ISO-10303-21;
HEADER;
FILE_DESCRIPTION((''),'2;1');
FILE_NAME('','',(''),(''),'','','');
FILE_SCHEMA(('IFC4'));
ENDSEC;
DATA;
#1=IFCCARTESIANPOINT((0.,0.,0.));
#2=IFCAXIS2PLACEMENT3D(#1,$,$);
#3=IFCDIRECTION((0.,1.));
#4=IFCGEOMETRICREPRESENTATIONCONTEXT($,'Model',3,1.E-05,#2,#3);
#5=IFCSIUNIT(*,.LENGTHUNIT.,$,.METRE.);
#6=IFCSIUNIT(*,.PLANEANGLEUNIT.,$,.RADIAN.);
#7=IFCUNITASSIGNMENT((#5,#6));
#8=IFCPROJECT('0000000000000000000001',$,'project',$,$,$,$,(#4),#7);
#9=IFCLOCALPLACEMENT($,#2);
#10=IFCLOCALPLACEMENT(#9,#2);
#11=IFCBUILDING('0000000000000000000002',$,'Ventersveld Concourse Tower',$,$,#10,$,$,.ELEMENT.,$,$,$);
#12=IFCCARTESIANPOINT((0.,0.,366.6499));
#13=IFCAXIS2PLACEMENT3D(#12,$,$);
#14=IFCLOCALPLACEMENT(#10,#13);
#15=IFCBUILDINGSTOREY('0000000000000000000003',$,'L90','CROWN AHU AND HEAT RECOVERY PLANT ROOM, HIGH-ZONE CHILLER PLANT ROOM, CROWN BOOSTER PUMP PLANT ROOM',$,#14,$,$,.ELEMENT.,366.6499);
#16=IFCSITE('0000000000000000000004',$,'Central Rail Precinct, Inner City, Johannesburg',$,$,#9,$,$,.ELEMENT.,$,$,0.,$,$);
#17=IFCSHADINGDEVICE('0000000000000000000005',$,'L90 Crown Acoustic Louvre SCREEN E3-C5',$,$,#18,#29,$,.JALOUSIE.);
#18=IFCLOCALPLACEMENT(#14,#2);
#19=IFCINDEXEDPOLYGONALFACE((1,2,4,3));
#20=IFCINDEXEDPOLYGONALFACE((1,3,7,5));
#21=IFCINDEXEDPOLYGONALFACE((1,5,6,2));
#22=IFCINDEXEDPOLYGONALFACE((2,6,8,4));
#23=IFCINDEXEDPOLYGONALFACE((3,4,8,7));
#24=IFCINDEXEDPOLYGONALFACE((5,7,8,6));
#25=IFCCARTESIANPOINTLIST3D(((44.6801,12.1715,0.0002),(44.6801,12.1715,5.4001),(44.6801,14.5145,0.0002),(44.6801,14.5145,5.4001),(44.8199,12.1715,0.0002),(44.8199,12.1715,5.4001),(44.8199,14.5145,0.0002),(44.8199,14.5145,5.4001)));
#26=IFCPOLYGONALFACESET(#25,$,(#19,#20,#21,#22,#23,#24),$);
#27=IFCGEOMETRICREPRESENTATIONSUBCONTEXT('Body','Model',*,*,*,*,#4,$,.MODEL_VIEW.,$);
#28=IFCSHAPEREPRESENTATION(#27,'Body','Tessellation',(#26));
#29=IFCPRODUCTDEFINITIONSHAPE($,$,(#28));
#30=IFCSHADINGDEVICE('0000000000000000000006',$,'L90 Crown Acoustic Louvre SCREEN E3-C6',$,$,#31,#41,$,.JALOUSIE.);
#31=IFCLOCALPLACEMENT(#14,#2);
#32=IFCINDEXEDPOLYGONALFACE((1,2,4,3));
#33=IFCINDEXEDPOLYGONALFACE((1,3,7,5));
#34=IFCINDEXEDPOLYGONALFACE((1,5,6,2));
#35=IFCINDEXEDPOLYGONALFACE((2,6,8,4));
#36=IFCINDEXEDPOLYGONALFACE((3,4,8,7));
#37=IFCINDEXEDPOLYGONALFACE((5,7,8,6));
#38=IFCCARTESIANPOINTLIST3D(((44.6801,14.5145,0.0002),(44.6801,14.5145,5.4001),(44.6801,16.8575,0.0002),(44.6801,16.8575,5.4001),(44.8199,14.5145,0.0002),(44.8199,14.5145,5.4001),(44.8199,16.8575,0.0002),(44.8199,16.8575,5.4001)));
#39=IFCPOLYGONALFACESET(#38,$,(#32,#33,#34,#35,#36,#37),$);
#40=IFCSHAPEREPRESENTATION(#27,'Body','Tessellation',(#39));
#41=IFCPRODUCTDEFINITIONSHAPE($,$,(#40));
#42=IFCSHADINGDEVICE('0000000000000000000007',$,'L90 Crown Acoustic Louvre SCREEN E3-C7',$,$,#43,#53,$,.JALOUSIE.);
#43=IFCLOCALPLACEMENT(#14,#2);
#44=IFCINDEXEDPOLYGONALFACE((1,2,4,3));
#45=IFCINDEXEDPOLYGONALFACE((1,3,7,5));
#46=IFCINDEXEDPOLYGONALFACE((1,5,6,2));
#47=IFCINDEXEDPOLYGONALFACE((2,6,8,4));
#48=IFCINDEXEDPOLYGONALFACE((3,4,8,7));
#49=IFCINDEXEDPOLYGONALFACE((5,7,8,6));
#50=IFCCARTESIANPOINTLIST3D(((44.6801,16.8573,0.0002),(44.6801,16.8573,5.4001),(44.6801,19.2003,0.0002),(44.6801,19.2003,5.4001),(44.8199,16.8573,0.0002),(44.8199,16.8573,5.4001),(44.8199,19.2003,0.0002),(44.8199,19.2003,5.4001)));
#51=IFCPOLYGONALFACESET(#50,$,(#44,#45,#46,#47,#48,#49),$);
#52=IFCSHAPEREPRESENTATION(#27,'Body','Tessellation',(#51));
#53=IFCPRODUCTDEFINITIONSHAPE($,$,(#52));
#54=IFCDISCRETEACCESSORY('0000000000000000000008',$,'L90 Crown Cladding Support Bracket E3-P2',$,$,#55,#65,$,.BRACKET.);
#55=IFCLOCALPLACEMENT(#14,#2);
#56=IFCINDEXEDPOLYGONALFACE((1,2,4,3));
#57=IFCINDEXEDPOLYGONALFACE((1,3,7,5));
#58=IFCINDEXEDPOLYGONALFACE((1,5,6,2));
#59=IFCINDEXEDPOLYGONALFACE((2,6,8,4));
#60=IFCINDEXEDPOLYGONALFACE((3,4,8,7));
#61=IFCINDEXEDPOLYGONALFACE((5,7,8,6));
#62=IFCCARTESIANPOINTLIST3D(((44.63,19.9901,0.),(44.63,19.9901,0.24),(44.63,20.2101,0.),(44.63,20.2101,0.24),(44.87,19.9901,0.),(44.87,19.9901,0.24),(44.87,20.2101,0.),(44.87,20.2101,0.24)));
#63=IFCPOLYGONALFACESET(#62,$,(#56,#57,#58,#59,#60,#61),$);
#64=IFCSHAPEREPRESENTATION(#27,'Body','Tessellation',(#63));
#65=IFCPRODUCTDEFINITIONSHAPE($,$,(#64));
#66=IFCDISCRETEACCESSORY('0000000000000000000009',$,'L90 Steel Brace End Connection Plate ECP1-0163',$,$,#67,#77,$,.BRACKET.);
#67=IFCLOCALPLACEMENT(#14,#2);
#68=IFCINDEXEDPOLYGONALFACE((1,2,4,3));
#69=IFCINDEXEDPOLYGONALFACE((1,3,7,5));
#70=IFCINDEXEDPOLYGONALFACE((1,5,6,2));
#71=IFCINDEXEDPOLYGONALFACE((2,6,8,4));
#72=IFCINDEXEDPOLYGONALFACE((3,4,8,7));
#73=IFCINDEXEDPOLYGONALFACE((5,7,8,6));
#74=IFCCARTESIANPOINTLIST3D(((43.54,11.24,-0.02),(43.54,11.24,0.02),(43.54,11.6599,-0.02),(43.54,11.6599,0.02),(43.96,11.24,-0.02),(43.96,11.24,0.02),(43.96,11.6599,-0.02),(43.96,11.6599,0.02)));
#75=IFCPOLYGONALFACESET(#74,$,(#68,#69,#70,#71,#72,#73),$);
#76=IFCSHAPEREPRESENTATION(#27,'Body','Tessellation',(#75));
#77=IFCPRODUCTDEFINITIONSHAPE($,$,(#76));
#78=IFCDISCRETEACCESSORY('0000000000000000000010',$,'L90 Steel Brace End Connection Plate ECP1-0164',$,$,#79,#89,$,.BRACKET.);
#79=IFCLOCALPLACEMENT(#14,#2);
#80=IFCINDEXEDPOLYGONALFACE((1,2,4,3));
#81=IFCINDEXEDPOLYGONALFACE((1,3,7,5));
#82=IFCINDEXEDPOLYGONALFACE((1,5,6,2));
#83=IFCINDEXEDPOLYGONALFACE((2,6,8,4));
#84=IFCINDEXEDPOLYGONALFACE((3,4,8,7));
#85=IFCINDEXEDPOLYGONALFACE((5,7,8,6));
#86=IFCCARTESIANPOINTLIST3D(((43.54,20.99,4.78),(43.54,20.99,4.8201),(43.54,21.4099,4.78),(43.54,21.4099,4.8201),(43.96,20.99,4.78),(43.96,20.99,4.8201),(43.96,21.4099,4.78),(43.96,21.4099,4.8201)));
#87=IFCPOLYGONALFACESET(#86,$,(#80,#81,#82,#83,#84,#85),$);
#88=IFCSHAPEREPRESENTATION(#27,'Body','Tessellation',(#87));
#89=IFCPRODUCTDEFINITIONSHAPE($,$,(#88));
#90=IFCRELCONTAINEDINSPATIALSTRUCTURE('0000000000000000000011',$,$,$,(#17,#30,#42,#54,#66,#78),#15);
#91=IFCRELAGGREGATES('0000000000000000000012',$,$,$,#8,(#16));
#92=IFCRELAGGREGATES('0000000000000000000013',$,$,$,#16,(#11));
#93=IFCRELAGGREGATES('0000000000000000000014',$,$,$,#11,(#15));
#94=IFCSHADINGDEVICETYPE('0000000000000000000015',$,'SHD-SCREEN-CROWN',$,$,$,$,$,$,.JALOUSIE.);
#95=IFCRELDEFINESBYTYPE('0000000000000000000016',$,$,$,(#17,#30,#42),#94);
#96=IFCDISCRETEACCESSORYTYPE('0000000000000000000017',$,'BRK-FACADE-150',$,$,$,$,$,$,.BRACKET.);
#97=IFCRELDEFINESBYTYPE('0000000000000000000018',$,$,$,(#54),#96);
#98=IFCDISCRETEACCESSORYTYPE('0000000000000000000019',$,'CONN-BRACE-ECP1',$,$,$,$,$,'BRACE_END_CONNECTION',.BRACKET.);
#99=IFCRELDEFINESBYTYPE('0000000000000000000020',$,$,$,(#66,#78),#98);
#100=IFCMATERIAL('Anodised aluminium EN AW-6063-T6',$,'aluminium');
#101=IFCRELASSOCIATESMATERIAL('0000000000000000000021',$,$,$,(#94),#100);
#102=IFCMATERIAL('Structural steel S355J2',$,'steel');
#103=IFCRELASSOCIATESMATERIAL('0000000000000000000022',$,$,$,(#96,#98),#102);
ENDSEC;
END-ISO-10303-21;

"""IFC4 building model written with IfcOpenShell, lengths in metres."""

from ifc_helpers import new_model, si_unit, direction, frame, origin, origin_2d, place, context, subcontext, project, spatial, rectangle, extrude, material, type_object, element, save


model = new_model("IFC4")

# Units and contexts
model_context = context("Model", 3, precision=1e-05, world=origin(), true_north=direction((0.0, 1.0)))
body_context = subcontext(model_context, "Body", "Model", "MODEL_VIEW")
ifc_project = project(units=[si_unit("LENGTHUNIT", "METRE"), si_unit("PLANEANGLEUNIT", "RADIAN")], contexts=[model_context])

# Site, building, storey
site_placement = place(None, origin())
site = spatial("IfcSite", under=ifc_project, at=site_placement, Name="Central Rail Precinct, Inner City, Johannesburg", CompositionType="ELEMENT", RefElevation=0.0)
building_placement = place(site_placement, origin())
building = spatial("IfcBuilding", under=site, at=building_placement, Name="Ventersveld Concourse Tower", CompositionType="ELEMENT")
storey_placement = place(building_placement, frame((0.0, 0.0, 366.6499)))
storey = spatial("IfcBuildingStorey", under=building, at=storey_placement, Name="L90", Description="CROWN AHU AND HEAT RECOVERY PLANT ROOM, HIGH-ZONE CHILLER PLANT ROOM, CROWN BOOSTER PUMP PLANT ROOM", CompositionType="ELEMENT", Elevation=366.6499)

# Shared definitions
ifc_material_1 = material(Name="Anodised aluminium EN AW-6063-T6", Category="aluminium")

# Shading devices
shading_device_type = type_object("IfcShadingDeviceType", Name="SHD-SCREEN-CROWN", PredefinedType="JALOUSIE", material=ifc_material_1)
for number, where, z_axis, x_axis, name in (
    (1, (44.75, 13.343, 0.0002), (0.0, 0.0, 1.0), (0.0, 1.0, 0.0), "L90 Crown Acoustic Louvre SCREEN E3-C5"),
    (2, (44.75, 15.686, 0.0002), (0.0, 0.0, 1.0), (0.0, 1.0, 0.0), "L90 Crown Acoustic Louvre SCREEN E3-C6"),
    (3, (44.75, 18.0288, 0.0002), (0.0, 0.0, 1.0), (0.0, 1.0, 0.0), "L90 Crown Acoustic Louvre SCREEN E3-C7"),
):
    element("IfcShadingDevice", number, at=place(storey_placement, frame(where, z_axis=z_axis, x_axis=x_axis)), inside=storey, type_object=shading_device_type, Name=name, PredefinedType="JALOUSIE", context=body_context, shape_type="SweptSolid", body=[
        extrude(rectangle(XDim=2.343, YDim=0.1399, at=origin_2d()), origin(), (0.0, 0.0, 1.0), 5.3999),
    ])

# Discrete accessories
ifc_material_2 = material(Name="Structural steel S355J2", Category="steel")
discrete_accessory_type_1 = type_object("IfcDiscreteAccessoryType", Name="BRK-FACADE-150", PredefinedType="BRACKET", material=ifc_material_2)
discrete_accessory_placement = place(storey_placement, frame((44.75, 20.1001, 0.0), z_axis=(0.0, 0.0, 1.0), x_axis=(0.0, 1.0, 0.0)))
element("IfcDiscreteAccessory", 4, at=discrete_accessory_placement, inside=storey, type_object=discrete_accessory_type_1, Name="L90 Crown Cladding Support Bracket E3-P2", PredefinedType="BRACKET", context=body_context, shape_type="SweptSolid", body=[
    extrude(rectangle(XDim=0.22, YDim=0.24, at=origin_2d()), origin(), (0.0, 0.0, 1.0), 0.24),
])
discrete_accessory_type_2 = type_object("IfcDiscreteAccessoryType", Name="CONN-BRACE-ECP1", ElementType="BRACE_END_CONNECTION", PredefinedType="BRACKET", material=ifc_material_2)
for number, where, z_axis, x_axis, name in (
    (5, (43.75, 11.45, -0.02), (0.0, 0.0, 1.0), (1.0, 0.0, 0.0), "L90 Steel Brace End Connection Plate ECP1-0163"),
    (6, (43.75, 21.2, 4.78), (0.0, 0.0, 1.0), (1.0, 0.0, 0.0), "L90 Steel Brace End Connection Plate ECP1-0164"),
):
    element("IfcDiscreteAccessory", number, at=place(storey_placement, frame(where, z_axis=z_axis, x_axis=x_axis)), inside=storey, type_object=discrete_accessory_type_2, Name=name, PredefinedType="BRACKET", context=body_context, shape_type="SweptSolid", body=[
        extrude(rectangle(XDim=0.4199, YDim=0.4199, at=origin_2d()), origin(), (0.0, 0.0, 1.0), 0.04),
    ])

save(model, "model.ifc")
